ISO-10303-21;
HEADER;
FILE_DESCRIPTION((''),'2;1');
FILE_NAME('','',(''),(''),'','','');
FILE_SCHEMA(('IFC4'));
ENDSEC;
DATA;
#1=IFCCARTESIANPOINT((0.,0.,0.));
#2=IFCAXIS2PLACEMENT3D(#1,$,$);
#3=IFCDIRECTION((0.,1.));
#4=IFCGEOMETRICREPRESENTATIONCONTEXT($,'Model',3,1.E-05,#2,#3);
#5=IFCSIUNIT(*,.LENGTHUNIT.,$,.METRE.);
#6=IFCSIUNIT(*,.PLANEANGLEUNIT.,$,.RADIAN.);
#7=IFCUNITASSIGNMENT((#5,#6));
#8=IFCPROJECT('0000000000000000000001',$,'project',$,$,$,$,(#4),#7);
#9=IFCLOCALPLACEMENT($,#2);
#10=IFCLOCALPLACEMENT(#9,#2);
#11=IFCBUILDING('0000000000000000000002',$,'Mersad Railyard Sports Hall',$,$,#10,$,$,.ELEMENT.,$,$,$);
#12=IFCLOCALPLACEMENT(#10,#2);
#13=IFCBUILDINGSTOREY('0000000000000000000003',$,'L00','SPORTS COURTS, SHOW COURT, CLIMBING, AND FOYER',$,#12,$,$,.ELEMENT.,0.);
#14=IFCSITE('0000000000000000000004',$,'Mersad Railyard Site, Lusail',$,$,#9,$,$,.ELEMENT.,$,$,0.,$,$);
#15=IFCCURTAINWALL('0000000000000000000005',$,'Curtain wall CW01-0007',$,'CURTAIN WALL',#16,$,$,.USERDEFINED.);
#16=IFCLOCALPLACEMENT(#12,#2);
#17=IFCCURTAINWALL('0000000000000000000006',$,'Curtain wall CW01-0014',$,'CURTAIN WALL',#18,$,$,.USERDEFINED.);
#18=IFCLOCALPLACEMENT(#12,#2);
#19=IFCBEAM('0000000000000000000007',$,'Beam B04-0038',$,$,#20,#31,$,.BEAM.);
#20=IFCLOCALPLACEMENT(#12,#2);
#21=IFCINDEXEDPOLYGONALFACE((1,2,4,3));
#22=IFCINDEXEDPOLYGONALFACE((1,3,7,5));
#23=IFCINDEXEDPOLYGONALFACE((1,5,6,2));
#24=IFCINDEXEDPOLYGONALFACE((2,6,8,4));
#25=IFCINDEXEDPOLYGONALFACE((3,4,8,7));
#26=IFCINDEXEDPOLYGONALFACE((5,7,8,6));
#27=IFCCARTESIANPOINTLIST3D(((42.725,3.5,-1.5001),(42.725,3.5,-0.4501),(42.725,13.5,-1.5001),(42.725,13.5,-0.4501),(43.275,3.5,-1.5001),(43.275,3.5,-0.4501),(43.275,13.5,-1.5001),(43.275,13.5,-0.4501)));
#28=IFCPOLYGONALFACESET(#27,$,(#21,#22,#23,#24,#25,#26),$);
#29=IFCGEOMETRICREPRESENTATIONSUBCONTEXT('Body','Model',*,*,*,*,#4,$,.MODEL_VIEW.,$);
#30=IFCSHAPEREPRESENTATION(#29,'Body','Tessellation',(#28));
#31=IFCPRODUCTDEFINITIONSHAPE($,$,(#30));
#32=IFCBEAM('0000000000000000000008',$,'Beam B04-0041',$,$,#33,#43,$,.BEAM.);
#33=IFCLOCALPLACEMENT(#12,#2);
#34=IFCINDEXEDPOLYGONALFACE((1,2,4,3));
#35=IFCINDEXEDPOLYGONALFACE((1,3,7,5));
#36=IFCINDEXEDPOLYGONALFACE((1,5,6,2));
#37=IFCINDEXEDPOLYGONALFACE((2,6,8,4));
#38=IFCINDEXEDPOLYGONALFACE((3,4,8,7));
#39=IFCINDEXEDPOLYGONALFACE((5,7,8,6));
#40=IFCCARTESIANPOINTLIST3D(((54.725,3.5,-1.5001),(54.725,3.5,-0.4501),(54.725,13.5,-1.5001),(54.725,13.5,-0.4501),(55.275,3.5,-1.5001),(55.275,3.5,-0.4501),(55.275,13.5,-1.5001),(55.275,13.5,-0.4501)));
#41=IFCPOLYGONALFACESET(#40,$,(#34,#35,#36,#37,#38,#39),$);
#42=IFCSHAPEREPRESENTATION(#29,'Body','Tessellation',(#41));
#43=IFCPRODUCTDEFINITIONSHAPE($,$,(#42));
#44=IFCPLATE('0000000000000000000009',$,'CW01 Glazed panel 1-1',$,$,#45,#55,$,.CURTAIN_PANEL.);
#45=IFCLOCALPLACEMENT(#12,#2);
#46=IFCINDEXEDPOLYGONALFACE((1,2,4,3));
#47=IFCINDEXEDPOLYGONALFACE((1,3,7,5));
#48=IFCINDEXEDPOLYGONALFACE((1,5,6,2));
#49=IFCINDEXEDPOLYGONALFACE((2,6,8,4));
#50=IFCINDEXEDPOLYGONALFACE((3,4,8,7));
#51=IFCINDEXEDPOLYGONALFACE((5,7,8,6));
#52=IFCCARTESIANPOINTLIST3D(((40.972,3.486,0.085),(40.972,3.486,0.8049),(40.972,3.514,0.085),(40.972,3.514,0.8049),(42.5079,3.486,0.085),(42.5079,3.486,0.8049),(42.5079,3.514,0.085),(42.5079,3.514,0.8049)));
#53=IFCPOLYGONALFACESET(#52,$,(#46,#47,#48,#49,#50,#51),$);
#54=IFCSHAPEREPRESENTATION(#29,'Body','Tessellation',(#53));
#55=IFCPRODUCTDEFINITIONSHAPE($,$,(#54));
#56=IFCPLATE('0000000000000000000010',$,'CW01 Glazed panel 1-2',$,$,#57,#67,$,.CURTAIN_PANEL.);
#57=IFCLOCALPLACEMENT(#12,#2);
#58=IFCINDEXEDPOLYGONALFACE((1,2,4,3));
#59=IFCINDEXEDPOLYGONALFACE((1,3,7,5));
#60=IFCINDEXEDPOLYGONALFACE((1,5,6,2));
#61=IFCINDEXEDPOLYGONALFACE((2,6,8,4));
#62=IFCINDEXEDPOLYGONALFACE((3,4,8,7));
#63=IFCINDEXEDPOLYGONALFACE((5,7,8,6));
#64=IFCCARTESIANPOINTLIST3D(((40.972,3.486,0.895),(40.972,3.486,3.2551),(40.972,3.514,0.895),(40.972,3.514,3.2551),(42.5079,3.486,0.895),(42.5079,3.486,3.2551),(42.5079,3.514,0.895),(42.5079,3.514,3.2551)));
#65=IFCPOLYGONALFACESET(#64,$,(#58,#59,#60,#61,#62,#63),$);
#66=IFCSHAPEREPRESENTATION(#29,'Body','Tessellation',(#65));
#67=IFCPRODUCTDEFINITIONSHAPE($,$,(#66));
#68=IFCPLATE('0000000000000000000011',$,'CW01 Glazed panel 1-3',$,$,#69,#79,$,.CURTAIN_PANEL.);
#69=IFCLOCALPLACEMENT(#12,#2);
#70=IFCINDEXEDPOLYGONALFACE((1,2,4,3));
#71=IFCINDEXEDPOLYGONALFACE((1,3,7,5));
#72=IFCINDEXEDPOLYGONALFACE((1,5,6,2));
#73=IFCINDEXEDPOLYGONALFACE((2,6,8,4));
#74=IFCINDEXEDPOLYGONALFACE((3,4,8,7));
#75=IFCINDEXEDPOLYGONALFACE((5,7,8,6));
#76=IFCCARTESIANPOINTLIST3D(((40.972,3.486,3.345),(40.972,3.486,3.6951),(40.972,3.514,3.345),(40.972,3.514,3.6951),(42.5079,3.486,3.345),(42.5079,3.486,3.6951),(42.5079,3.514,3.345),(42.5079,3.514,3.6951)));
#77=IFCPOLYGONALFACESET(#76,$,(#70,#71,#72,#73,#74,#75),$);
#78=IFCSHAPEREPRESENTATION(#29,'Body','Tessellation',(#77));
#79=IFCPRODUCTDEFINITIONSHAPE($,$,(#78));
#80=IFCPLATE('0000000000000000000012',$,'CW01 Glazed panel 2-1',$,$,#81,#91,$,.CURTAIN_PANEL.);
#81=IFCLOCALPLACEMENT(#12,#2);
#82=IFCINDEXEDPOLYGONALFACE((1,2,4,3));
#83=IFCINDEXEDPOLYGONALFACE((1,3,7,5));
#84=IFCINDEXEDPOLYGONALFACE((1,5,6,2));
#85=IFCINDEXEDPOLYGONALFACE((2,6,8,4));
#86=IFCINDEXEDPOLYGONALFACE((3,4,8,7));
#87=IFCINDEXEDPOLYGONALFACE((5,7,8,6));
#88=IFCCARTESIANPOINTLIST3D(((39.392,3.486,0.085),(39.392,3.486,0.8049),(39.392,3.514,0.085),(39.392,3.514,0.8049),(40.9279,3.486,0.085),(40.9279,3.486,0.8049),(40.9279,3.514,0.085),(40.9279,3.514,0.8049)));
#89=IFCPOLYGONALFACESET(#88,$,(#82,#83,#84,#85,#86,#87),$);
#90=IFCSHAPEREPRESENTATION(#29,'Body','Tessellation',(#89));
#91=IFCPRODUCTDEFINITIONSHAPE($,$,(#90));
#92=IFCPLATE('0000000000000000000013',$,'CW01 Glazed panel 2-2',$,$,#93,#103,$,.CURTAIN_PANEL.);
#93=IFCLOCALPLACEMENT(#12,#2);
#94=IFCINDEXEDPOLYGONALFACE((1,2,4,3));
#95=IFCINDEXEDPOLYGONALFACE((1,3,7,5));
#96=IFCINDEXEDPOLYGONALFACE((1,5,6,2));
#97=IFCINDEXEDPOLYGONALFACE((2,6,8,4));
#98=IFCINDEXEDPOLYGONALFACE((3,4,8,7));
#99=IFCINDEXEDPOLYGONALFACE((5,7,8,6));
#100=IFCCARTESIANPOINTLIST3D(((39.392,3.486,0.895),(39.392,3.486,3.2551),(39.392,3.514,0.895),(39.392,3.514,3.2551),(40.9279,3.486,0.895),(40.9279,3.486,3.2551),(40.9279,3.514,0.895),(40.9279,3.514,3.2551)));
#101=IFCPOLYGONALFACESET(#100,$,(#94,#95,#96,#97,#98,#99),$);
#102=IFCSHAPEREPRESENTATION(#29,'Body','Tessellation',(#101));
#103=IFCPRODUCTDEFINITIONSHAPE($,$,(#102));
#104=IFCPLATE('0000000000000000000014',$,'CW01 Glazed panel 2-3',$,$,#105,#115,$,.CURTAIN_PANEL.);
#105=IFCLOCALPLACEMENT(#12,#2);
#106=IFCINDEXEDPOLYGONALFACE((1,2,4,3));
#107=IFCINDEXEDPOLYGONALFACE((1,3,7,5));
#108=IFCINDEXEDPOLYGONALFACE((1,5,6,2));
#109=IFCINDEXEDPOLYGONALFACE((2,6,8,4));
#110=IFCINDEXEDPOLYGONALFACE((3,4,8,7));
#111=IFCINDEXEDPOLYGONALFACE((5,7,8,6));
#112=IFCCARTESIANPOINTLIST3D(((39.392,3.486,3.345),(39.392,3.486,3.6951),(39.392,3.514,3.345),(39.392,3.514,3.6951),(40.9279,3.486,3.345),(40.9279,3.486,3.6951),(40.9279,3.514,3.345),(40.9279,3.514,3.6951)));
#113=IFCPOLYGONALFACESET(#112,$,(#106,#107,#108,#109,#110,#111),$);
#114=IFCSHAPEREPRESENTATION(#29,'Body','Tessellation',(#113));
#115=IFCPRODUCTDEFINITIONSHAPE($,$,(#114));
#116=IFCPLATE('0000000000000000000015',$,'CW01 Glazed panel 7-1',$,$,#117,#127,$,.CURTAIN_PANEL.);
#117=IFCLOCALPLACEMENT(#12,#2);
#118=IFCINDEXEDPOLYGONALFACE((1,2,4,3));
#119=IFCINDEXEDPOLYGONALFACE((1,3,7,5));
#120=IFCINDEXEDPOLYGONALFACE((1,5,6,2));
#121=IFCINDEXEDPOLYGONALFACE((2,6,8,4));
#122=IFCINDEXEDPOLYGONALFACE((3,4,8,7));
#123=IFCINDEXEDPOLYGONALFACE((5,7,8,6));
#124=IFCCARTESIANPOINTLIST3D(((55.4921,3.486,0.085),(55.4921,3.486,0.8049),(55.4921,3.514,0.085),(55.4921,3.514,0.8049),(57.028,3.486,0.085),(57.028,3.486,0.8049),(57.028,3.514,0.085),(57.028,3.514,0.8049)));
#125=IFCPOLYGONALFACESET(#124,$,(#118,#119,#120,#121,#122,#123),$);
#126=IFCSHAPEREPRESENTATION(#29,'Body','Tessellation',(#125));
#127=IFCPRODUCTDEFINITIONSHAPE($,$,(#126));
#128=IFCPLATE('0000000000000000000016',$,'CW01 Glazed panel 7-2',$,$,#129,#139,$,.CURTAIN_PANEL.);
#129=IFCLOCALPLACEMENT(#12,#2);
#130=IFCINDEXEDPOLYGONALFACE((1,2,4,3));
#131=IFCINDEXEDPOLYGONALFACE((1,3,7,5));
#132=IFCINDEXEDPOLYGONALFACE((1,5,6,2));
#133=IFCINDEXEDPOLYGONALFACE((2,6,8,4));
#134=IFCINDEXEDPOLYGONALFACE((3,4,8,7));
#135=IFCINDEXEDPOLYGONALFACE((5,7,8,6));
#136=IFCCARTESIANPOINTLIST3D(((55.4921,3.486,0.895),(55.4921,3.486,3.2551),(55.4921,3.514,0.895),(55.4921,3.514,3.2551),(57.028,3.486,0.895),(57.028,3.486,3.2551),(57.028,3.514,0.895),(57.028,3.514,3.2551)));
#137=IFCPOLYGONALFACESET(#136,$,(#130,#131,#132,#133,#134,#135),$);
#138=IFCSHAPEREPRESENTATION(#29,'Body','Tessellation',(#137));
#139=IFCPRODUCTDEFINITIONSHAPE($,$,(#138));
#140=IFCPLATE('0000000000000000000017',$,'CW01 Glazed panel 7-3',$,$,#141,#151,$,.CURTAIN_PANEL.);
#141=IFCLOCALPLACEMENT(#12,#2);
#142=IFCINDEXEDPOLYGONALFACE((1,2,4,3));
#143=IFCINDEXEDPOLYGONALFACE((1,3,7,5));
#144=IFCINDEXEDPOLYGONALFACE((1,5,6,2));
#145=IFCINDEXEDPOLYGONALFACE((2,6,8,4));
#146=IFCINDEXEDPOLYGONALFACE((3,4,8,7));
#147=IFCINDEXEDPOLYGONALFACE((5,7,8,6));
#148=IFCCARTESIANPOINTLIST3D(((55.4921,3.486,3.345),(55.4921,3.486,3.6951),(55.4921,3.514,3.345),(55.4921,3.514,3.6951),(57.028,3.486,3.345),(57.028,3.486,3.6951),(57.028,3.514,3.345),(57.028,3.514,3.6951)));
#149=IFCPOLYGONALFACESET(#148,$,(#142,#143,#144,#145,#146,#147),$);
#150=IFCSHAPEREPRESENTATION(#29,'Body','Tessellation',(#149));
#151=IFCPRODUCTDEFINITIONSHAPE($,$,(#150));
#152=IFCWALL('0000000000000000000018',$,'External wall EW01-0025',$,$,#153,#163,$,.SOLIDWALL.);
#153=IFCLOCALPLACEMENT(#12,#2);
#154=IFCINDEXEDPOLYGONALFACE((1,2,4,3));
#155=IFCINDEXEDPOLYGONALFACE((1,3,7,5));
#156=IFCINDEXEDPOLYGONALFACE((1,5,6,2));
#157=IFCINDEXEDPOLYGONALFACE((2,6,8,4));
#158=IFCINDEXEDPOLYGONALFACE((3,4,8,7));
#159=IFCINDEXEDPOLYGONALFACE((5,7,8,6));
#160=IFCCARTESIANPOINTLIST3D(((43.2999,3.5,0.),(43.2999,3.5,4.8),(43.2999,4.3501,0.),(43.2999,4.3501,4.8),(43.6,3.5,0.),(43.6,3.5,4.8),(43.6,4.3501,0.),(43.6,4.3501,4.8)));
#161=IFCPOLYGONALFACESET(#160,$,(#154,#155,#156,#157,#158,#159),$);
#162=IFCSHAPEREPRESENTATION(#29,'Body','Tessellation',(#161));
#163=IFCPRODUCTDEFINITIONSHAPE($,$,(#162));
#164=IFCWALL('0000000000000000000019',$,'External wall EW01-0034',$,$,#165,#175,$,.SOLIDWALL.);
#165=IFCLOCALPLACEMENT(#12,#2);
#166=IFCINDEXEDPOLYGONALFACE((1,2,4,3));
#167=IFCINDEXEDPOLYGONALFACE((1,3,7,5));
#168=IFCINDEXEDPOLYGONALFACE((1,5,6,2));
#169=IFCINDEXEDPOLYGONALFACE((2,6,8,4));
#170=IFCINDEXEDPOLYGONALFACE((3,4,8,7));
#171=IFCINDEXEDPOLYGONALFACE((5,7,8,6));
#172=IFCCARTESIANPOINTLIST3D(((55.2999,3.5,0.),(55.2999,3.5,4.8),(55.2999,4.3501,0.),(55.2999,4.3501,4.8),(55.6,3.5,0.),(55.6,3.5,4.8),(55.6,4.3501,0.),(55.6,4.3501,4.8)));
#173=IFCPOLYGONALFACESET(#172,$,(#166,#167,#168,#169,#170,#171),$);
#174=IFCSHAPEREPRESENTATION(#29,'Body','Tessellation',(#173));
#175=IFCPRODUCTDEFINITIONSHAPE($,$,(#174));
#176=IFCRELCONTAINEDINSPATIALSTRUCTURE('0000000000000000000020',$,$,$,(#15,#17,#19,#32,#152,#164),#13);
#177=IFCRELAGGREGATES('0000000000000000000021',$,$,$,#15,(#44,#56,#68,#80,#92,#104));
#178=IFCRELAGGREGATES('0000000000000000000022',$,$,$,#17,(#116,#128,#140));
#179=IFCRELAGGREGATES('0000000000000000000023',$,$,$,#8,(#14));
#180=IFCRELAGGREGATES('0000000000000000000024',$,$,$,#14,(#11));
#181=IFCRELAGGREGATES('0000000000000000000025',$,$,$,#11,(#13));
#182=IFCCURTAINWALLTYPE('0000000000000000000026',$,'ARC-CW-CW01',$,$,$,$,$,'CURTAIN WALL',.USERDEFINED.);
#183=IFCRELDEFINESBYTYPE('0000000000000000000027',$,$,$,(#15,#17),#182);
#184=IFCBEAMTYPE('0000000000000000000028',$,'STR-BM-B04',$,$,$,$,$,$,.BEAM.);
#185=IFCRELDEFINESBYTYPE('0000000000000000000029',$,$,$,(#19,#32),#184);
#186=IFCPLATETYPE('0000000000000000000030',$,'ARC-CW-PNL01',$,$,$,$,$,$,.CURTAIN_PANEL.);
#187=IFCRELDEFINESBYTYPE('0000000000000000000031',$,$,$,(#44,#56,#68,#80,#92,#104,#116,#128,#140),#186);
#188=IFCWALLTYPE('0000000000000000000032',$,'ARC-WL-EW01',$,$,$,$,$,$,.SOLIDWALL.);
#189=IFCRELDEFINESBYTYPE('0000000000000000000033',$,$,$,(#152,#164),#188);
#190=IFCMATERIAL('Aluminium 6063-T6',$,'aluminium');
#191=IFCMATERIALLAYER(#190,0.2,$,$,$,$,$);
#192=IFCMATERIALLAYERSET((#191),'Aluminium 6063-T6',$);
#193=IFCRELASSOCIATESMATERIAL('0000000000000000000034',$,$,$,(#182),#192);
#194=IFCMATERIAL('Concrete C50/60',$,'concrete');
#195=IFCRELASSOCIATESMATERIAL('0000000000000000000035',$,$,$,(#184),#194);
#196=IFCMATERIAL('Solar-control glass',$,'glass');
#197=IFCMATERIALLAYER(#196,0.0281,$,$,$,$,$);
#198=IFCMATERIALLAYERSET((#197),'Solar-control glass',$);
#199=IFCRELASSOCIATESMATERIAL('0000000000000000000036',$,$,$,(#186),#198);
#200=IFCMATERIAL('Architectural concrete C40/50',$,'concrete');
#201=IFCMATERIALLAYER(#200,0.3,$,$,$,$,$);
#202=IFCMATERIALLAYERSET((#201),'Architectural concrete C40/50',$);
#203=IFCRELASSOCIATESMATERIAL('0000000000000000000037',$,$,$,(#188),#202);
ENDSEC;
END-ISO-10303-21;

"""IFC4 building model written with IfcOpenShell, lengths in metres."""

from ifc_helpers import new_model, si_unit, direction, frame, frame_2d, origin, origin_2d, place, context, subcontext, project, spatial, rectangle, extrude, material, layer, layer_set, material_profile, profile_set, type_object, element, aggregate, save


model = new_model("IFC4")

# Units and contexts
model_context = context("Model", 3, precision=1e-05, world=origin(), true_north=direction((0.0, 1.0)))
body_context = subcontext(model_context, "Body", "Model", "MODEL_VIEW")
ifc_project = project(units=[si_unit("LENGTHUNIT", "METRE"), si_unit("PLANEANGLEUNIT", "RADIAN")], contexts=[model_context])

# Site, building, storey
site_placement = place(None, origin())
site = spatial("IfcSite", under=ifc_project, at=site_placement, Name="Mersad Railyard Site, Lusail", CompositionType="ELEMENT", RefElevation=0.0)
building_placement = place(site_placement, origin())
building = spatial("IfcBuilding", under=site, at=building_placement, Name="Mersad Railyard Sports Hall", CompositionType="ELEMENT")
storey_placement = place(building_placement, origin())
storey = spatial("IfcBuildingStorey", under=building, at=storey_placement, Name="L00", Description="SPORTS COURTS, SHOW COURT, CLIMBING, AND FOYER", CompositionType="ELEMENT", Elevation=0.0)

# Curtain wall
ifc_material_1 = material(Name="Aluminium 6063-T6", Category="aluminium")
ifc_layer_1 = layer(ifc_material_1, 0.2)
ifc_layer_set_1 = layer_set([ifc_layer_1], Name="Aluminium 6063-T6")
curtain_wall_type = type_object("IfcCurtainWallType", Name="ARC-CW-CW01", ElementType="CURTAIN WALL", PredefinedType="USERDEFINED", material=ifc_layer_set_1)
curtain_wall_1_placement = place(storey_placement, origin())
curtain_wall_1 = element("IfcCurtainWall", 1, at=curtain_wall_1_placement, inside=storey, type_object=curtain_wall_type, Name="Curtain wall CW01-0007", ObjectType="CURTAIN WALL", PredefinedType="USERDEFINED")

# Curtain wall
curtain_wall_2_placement = place(storey_placement, origin())
curtain_wall_2 = element("IfcCurtainWall", 2, at=curtain_wall_2_placement, inside=storey, type_object=curtain_wall_type, Name="Curtain wall CW01-0014", ObjectType="CURTAIN WALL", PredefinedType="USERDEFINED")

# Beams
ifc_material_2 = material(Name="Concrete C50/60", Category="concrete")
ifc_material_profile_1 = material_profile(ifc_material_2, rectangle(XDim=0.55, YDim=1.05, at=origin_2d()), Name="RC 550x1050")
ifc_profile_set_1 = profile_set([ifc_material_profile_1], Name="Concrete C50/60")
beam_type_1 = type_object("IfcBeamType", Name="STR-BM-B04", PredefinedType="BEAM", material=ifc_profile_set_1)
for number, where, z_axis, x_axis, name in (
    (3, (43.0, 3.5, -0.9751), (0.0, 1.0, 0.0), (-1.0, 0.0, 0.0), "Beam B04-0038"),
    (4, (55.0, 3.5, -0.9751), (0.0, 1.0, 0.0), (-1.0, 0.0, 0.0), "Beam B04-0041"),
):
    element("IfcBeam", number, at=place(storey_placement, frame(where, z_axis=z_axis, x_axis=x_axis)), inside=storey, type_object=beam_type_1, Name=name, PredefinedType="BEAM", context=body_context, shape_type="SweptSolid", body=[
        extrude(rectangle(XDim=0.55, YDim=1.05, at=origin_2d()), origin(), (0.0, 0.0, 1.0), 10.0),
    ])

# Plates
ifc_material_3 = material(Name="Solar-control glass", Category="glass")
ifc_layer_2 = layer(ifc_material_3, 0.0281)
ifc_layer_set_2 = layer_set([ifc_layer_2], Name="Solar-control glass")
plate_type = type_object("IfcPlateType", Name="ARC-CW-PNL01", PredefinedType="CURTAIN_PANEL", material=ifc_layer_set_2)
plate_1_placement = place(storey_placement, frame((41.74, 3.5, 0.085), z_axis=(0.0, 0.0, 1.0), x_axis=(-1.0, 0.0, 0.0)))
plate_1 = element("IfcPlate", 5, at=plate_1_placement, type_object=plate_type, Name="CW01 Glazed panel 1-1", PredefinedType="CURTAIN_PANEL", context=body_context, shape_type="SweptSolid", body=[
    extrude(rectangle(XDim=1.5359, YDim=0.0281, at=origin_2d()), origin(), (0.0, 0.0, 1.0), 0.72),
])
plate_2_placement = place(storey_placement, frame((41.74, 3.5, 0.895), z_axis=(0.0, 0.0, 1.0), x_axis=(-1.0, 0.0, 0.0)))
plate_2 = element("IfcPlate", 6, at=plate_2_placement, type_object=plate_type, Name="CW01 Glazed panel 1-2", PredefinedType="CURTAIN_PANEL", context=body_context, shape_type="SweptSolid", body=[
    extrude(rectangle(XDim=1.5359, YDim=0.0281, at=origin_2d()), origin(), (0.0, 0.0, 1.0), 2.3601),
])
plate_3_placement = place(storey_placement, frame((41.74, 3.5, 3.345), z_axis=(0.0, 0.0, 1.0), x_axis=(-1.0, 0.0, 0.0)))
plate_3 = element("IfcPlate", 7, at=plate_3_placement, type_object=plate_type, Name="CW01 Glazed panel 1-3", PredefinedType="CURTAIN_PANEL", context=body_context, shape_type="SweptSolid", body=[
    extrude(rectangle(XDim=1.5359, YDim=0.0281, at=origin_2d()), origin(), (0.0, 0.0, 1.0), 0.3501),
])
plate_4_placement = place(storey_placement, frame((40.1599, 3.5, 0.085), z_axis=(0.0, 0.0, 1.0), x_axis=(-1.0, 0.0, 0.0)))
plate_4 = element("IfcPlate", 8, at=plate_4_placement, type_object=plate_type, Name="CW01 Glazed panel 2-1", PredefinedType="CURTAIN_PANEL", context=body_context, shape_type="SweptSolid", body=[
    extrude(rectangle(XDim=1.5359, YDim=0.0281, at=origin_2d()), origin(), (0.0, 0.0, 1.0), 0.72),
])
plate_5_placement = place(storey_placement, frame((40.1599, 3.5, 0.895), z_axis=(0.0, 0.0, 1.0), x_axis=(-1.0, 0.0, 0.0)))
plate_5 = element("IfcPlate", 9, at=plate_5_placement, type_object=plate_type, Name="CW01 Glazed panel 2-2", PredefinedType="CURTAIN_PANEL", context=body_context, shape_type="SweptSolid", body=[
    extrude(rectangle(XDim=1.5359, YDim=0.0281, at=origin_2d()), origin(), (0.0, 0.0, 1.0), 2.3601),
])
plate_6_placement = place(storey_placement, frame((40.1599, 3.5, 3.345), z_axis=(0.0, 0.0, 1.0), x_axis=(-1.0, 0.0, 0.0)))
plate_6 = element("IfcPlate", 10, at=plate_6_placement, type_object=plate_type, Name="CW01 Glazed panel 2-3", PredefinedType="CURTAIN_PANEL", context=body_context, shape_type="SweptSolid", body=[
    extrude(rectangle(XDim=1.5359, YDim=0.0281, at=origin_2d()), origin(), (0.0, 0.0, 1.0), 0.3501),
])
aggregate(curtain_wall_1, [plate_1, plate_2, plate_3, plate_4, plate_5, plate_6])
plate_7_placement = place(storey_placement, frame((56.26, 3.5, 0.085), z_axis=(0.0, 0.0, 1.0), x_axis=(-1.0, 0.0, 0.0)))
plate_7 = element("IfcPlate", 11, at=plate_7_placement, type_object=plate_type, Name="CW01 Glazed panel 7-1", PredefinedType="CURTAIN_PANEL", context=body_context, shape_type="SweptSolid", body=[
    extrude(rectangle(XDim=1.5359, YDim=0.0281, at=origin_2d()), origin(), (0.0, 0.0, 1.0), 0.72),
])
plate_8_placement = place(storey_placement, frame((56.26, 3.5, 0.895), z_axis=(0.0, 0.0, 1.0), x_axis=(-1.0, 0.0, 0.0)))
plate_8 = element("IfcPlate", 12, at=plate_8_placement, type_object=plate_type, Name="CW01 Glazed panel 7-2", PredefinedType="CURTAIN_PANEL", context=body_context, shape_type="SweptSolid", body=[
    extrude(rectangle(XDim=1.5359, YDim=0.0281, at=origin_2d()), origin(), (0.0, 0.0, 1.0), 2.3601),
])
plate_9_placement = place(storey_placement, frame((56.26, 3.5, 3.345), z_axis=(0.0, 0.0, 1.0), x_axis=(-1.0, 0.0, 0.0)))
plate_9 = element("IfcPlate", 13, at=plate_9_placement, type_object=plate_type, Name="CW01 Glazed panel 7-3", PredefinedType="CURTAIN_PANEL", context=body_context, shape_type="SweptSolid", body=[
    extrude(rectangle(XDim=1.5359, YDim=0.0281, at=origin_2d()), origin(), (0.0, 0.0, 1.0), 0.3501),
])
aggregate(curtain_wall_2, [plate_7, plate_8, plate_9])

# Walls
ifc_material_4 = material(Name="Architectural concrete C40/50", Category="concrete")
ifc_layer_3 = layer(ifc_material_4, 0.3)
ifc_layer_set_3 = layer_set([ifc_layer_3], Name="Architectural concrete C40/50")
wall_type = type_object("IfcWallType", Name="ARC-WL-EW01", PredefinedType="SOLIDWALL", material=ifc_layer_set_3)
for number, where, z_axis, x_axis, name in (
    (14, (43.45, 3.5, 0.0), (0.0, 0.0, 1.0), (0.0, 1.0, 0.0), "External wall EW01-0025"),
    (15, (55.45, 3.5, 0.0), (0.0, 0.0, 1.0), (0.0, 1.0, 0.0), "External wall EW01-0034"),
):
    element("IfcWall", number, at=place(storey_placement, frame(where, z_axis=z_axis, x_axis=x_axis)), inside=storey, type_object=wall_type, Name=name, PredefinedType="SOLIDWALL", context=body_context, shape_type="SweptSolid", body=[
        extrude(rectangle(XDim=0.8501, YDim=0.3, at=frame_2d((0.425, 0.0))), origin(), (0.0, 0.0, 1.0), 4.8),
    ])

save(model, "model.ifc")
